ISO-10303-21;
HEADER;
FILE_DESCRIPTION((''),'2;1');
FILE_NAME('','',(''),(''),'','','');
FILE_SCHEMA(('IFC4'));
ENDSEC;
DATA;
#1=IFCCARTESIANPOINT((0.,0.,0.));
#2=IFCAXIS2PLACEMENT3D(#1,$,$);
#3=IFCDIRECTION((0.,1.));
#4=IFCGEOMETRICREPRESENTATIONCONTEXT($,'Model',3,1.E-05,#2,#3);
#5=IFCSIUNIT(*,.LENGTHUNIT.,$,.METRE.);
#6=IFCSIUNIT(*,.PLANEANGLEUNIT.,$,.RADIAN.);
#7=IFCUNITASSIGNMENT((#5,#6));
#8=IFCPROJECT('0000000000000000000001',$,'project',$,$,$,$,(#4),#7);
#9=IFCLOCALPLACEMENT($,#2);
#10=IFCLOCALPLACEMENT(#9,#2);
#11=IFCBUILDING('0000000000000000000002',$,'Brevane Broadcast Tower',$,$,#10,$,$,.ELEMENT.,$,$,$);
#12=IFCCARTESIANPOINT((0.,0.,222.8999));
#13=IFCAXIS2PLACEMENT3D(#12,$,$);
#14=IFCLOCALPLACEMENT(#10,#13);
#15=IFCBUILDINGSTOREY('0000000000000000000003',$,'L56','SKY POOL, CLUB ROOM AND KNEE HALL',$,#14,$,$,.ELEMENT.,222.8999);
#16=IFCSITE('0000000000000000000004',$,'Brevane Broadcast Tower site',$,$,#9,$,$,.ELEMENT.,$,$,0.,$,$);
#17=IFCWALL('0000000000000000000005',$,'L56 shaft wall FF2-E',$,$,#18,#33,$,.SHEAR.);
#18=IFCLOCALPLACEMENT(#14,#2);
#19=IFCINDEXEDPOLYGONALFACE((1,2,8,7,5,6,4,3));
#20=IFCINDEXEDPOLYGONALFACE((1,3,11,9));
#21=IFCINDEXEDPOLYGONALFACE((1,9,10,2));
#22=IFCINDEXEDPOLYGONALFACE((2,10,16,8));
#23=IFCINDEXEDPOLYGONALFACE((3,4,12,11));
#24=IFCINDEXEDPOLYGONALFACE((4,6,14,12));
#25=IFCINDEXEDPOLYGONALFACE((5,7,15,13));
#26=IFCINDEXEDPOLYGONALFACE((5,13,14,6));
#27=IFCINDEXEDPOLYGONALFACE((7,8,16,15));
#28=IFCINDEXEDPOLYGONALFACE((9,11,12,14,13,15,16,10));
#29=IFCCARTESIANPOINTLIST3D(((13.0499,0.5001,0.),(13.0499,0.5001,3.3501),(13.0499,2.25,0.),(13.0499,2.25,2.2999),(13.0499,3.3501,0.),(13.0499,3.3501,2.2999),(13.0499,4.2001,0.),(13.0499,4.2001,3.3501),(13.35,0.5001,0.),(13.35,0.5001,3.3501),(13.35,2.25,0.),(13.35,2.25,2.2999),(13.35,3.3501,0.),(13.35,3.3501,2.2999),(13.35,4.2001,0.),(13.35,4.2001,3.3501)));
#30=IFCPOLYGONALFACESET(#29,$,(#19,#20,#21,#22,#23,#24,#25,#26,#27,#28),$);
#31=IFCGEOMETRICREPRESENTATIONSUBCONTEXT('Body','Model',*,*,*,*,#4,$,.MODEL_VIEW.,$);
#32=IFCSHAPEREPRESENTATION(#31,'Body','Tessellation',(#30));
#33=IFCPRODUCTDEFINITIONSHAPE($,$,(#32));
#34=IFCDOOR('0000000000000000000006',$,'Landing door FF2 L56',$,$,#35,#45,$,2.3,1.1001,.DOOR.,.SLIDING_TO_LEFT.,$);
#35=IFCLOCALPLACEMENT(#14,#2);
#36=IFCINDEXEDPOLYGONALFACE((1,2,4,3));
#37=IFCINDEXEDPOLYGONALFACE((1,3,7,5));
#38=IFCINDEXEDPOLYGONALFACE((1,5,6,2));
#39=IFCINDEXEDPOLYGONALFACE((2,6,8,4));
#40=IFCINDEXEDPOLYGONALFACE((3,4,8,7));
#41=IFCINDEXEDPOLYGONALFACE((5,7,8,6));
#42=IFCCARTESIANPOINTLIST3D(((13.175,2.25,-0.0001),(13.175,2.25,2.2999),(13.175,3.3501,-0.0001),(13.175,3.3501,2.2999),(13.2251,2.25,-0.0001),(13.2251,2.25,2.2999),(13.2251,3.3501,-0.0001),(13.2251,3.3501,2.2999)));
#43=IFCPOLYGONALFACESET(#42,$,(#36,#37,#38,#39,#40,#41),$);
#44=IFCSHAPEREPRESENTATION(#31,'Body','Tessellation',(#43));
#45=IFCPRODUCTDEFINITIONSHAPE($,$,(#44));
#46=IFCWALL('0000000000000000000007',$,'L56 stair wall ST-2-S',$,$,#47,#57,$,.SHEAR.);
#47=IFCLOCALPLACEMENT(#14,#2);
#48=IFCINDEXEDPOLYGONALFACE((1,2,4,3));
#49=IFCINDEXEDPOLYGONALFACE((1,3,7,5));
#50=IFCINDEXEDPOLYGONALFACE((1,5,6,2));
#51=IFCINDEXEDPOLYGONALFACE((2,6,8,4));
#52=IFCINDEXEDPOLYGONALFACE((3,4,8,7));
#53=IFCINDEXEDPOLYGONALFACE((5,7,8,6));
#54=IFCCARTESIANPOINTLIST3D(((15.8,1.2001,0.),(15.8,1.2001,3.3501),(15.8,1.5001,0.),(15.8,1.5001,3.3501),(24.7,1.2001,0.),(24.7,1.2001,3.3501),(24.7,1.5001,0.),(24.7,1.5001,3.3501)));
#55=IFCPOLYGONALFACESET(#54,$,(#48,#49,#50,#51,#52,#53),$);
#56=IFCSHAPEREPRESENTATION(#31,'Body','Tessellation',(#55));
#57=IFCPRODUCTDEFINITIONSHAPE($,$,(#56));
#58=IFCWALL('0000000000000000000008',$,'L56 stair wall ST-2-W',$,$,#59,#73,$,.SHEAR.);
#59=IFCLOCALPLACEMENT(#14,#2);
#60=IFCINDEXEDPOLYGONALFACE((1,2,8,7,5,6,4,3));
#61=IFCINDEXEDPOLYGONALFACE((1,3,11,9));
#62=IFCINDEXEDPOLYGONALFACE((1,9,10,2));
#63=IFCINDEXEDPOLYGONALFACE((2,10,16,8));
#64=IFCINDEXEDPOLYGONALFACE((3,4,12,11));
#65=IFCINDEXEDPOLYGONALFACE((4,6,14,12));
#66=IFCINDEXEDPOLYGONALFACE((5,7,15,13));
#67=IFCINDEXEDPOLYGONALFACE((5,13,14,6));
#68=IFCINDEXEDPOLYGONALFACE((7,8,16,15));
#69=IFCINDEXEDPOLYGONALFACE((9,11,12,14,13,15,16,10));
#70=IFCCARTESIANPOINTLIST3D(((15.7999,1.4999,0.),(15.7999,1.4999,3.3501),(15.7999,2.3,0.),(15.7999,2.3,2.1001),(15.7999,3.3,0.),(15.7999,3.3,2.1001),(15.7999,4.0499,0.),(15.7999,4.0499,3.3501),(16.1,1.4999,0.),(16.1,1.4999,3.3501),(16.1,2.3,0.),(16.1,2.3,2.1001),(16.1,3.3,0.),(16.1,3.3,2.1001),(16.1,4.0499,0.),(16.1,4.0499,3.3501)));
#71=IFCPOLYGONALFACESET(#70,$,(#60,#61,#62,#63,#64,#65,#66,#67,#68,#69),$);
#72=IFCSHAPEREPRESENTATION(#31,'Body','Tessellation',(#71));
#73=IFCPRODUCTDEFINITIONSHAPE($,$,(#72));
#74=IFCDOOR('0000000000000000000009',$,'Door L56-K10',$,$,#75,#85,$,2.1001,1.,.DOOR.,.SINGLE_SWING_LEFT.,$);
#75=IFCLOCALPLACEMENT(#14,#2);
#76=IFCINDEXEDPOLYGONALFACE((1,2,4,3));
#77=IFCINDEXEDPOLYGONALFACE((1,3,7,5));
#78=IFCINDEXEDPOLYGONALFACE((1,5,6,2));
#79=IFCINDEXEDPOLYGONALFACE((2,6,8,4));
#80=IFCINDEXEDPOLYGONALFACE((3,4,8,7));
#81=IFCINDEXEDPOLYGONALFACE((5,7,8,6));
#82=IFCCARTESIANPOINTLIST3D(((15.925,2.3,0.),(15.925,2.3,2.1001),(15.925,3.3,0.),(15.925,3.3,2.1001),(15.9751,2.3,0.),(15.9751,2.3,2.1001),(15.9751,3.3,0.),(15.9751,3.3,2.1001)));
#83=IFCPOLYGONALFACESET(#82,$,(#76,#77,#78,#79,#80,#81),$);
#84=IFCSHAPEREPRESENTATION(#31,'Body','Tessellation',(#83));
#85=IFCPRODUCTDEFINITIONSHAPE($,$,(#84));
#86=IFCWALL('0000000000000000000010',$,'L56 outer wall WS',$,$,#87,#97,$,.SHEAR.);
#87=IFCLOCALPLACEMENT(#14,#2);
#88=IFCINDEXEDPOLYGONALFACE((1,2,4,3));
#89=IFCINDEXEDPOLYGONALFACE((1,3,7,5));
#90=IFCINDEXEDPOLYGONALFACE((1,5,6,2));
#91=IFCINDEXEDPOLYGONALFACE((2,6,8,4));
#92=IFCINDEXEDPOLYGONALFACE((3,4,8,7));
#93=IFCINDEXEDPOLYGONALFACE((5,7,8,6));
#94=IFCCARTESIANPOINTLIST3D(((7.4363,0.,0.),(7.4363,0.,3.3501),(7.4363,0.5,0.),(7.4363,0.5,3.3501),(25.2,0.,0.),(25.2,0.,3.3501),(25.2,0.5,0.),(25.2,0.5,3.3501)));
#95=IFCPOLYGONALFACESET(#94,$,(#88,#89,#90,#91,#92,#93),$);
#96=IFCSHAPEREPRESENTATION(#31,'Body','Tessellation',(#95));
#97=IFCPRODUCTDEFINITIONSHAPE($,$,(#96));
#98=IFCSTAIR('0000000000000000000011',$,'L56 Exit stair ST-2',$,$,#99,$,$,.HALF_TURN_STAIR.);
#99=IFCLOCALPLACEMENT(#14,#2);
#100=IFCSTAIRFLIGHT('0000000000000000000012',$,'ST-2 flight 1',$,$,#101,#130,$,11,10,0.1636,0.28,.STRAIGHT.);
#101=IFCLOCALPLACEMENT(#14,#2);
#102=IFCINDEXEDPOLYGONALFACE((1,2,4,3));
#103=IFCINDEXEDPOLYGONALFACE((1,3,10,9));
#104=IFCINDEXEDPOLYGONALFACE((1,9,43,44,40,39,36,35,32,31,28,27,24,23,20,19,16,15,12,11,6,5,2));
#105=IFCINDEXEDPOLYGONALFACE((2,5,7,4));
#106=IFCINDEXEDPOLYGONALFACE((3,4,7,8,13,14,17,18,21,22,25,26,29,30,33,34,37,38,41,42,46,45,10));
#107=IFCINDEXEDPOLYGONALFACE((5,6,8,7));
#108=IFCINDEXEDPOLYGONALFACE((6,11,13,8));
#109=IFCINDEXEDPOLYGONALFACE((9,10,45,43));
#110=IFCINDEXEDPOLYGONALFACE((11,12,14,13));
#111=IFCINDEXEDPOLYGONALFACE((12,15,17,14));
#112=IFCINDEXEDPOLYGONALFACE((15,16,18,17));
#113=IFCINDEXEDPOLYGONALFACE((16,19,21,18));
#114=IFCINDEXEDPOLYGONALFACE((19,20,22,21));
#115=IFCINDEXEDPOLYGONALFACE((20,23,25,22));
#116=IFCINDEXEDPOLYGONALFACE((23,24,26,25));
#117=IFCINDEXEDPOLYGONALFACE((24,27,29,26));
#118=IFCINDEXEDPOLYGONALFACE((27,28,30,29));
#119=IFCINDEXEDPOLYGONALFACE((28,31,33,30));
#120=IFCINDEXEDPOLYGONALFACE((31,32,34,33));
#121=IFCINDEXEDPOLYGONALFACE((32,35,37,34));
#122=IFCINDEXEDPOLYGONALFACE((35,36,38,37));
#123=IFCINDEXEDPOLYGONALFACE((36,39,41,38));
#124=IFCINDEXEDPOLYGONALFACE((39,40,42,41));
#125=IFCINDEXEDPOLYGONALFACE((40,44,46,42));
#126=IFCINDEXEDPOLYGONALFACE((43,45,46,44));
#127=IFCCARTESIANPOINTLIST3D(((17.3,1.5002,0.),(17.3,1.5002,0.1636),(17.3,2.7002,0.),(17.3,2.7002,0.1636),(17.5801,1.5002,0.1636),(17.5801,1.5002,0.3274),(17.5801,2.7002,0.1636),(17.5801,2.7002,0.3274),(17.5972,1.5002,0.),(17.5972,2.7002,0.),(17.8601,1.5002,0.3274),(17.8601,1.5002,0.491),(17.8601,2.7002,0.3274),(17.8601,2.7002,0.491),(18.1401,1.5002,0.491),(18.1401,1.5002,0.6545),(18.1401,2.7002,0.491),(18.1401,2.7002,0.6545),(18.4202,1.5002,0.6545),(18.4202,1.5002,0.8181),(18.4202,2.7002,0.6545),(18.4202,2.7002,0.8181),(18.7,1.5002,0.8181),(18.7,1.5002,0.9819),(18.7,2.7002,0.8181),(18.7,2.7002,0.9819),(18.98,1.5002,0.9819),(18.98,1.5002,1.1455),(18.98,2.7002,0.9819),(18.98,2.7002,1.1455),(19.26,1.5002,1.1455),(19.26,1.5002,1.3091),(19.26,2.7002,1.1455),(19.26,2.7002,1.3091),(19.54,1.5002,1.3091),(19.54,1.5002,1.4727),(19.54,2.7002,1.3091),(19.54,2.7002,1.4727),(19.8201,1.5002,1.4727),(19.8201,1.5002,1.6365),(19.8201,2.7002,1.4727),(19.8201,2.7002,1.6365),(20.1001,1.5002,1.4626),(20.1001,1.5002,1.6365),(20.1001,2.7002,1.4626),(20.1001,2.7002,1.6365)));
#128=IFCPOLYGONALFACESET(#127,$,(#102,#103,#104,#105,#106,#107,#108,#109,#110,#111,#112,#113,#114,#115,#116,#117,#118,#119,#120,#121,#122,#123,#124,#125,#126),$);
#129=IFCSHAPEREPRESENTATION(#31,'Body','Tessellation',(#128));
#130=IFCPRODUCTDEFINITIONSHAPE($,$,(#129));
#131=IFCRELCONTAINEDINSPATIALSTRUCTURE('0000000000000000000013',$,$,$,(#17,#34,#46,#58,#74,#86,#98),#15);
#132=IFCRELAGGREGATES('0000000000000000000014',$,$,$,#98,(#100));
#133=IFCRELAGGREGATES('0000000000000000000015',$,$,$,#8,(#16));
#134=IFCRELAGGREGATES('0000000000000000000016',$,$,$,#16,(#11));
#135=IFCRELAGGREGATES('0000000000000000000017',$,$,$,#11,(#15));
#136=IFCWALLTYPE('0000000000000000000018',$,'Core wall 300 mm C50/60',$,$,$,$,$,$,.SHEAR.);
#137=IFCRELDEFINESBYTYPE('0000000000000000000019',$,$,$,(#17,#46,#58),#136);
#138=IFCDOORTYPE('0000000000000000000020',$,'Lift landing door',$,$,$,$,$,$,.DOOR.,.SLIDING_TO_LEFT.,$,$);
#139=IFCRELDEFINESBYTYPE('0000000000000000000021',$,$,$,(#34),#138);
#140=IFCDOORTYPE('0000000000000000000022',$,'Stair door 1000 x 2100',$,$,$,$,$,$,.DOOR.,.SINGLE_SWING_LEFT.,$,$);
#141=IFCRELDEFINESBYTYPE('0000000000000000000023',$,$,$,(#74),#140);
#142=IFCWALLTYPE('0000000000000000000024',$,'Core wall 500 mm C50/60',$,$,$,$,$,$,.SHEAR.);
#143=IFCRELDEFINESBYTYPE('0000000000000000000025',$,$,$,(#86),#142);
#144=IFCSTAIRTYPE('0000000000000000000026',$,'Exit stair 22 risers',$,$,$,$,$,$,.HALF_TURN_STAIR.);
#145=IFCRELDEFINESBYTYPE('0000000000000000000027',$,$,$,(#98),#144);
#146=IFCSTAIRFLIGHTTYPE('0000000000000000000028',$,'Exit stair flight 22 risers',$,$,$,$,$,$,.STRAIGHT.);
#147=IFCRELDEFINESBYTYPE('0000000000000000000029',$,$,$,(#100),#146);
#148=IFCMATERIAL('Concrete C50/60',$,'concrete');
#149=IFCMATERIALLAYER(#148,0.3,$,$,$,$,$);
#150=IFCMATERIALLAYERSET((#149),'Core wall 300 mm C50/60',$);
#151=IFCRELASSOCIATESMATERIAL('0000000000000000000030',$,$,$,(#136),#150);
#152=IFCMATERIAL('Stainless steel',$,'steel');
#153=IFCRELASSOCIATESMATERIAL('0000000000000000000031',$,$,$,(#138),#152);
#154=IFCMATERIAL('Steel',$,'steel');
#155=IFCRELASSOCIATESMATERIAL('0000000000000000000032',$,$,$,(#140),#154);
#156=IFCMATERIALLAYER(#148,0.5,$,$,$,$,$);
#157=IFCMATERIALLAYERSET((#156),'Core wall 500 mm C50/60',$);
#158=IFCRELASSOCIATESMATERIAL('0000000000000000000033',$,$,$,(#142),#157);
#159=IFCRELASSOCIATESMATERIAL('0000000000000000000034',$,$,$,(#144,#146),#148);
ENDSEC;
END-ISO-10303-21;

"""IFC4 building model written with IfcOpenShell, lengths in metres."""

from ifc_helpers import new_model, si_unit, direction, frame, frame_2d, origin, place, context, subcontext, project, spatial, polyline, rectangle, outline, extrude, material, layer, layer_set, type_object, element, fill, aggregate, save


model = new_model("IFC4")

# Units and contexts
model_context = context("Model", 3, precision=1e-05, world=origin(), true_north=direction((0.0, 1.0)))
body_context = subcontext(model_context, "Body", "Model", "MODEL_VIEW")
ifc_project = project(units=[si_unit("LENGTHUNIT", "METRE"), si_unit("PLANEANGLEUNIT", "RADIAN")], contexts=[model_context])

# Site, building, storey
site_placement = place(None, origin())
site = spatial("IfcSite", under=ifc_project, at=site_placement, Name="Brevane Broadcast Tower site", CompositionType="ELEMENT", RefElevation=0.0)
building_placement = place(site_placement, origin())
building = spatial("IfcBuilding", under=site, at=building_placement, Name="Brevane Broadcast Tower", CompositionType="ELEMENT")
storey_placement = place(building_placement, frame((0.0, 0.0, 222.8999)))
storey = spatial("IfcBuildingStorey", under=building, at=storey_placement, Name="L56", Description="SKY POOL, CLUB ROOM AND KNEE HALL", CompositionType="ELEMENT", Elevation=222.8999)

# Shared definitions
ifc_material_1 = material(Name="Concrete C50/60", Category="concrete")
ifc_layer_1 = layer(ifc_material_1, 0.3)
ifc_layer_set_1 = layer_set([ifc_layer_1], Name="Core wall 300 mm C50/60")
wall_type_1 = type_object("IfcWallType", Name="Core wall 300 mm C50/60", PredefinedType="SHEAR", material=ifc_layer_set_1)

# Wall, opening, door
wall_1_placement = place(storey_placement, frame((13.2, 0.5, 0.0), z_axis=(0.0, 0.0, 1.0), x_axis=(0.0, 1.0, 0.0)))
wall_1 = element("IfcWall", 1, at=wall_1_placement, inside=storey, type_object=wall_type_1, Name="L56 shaft wall FF2-E", PredefinedType="SHEAR", context=body_context, shape_type="SweptSolid", body=[
    extrude(rectangle(XDim=3.7, YDim=0.3, at=frame_2d((1.8501, 0.0))), origin(), (0.0, 0.0, 1.0), 3.3501),
])
opening_1_placement = place(wall_1_placement, frame((1.75, 0.0, 0.0)))
opening_1 = element("IfcOpeningElement", 2, at=opening_1_placement, cuts=wall_1, PredefinedType="OPENING", context=body_context, shape_type="SweptSolid", body=[
    extrude(rectangle(XDim=1.1001, YDim=2.3, at=frame_2d((0.55, 1.1499))), frame((0.0, 0.1599, 0.0), z_axis=(0.0, -1.0, 0.0), x_axis=(1.0, 0.0, 0.0)), (0.0, 0.0, 1.0), 0.3201),
])
ifc_material_2 = material(Name="Stainless steel", Category="steel")
door_type_1 = type_object("IfcDoorType", Name="Lift landing door", OperationType="SLIDING_TO_LEFT", PredefinedType="DOOR", material=ifc_material_2)
door_1_placement = place(opening_1_placement, origin())
door_1 = element("IfcDoor", 3, at=door_1_placement, inside=storey, type_object=door_type_1, Name="Landing door FF2 L56", OperationType="SLIDING_TO_LEFT", OverallHeight=2.3, OverallWidth=1.1001, PredefinedType="DOOR", context=body_context, shape_type="SweptSolid", body=[
    extrude(rectangle(XDim=1.1001, YDim=2.3, at=frame_2d((0.55, 1.1499))), frame((0.0, 0.0249, 0.0), z_axis=(0.0, -1.0, 0.0), x_axis=(1.0, 0.0, 0.0)), (0.0, 0.0, 1.0), 0.05),
])
fill(opening_1, door_1)

# Wall
wall_2_placement = place(storey_placement, frame((15.8, 1.3501, 0.0), z_axis=(0.0, 0.0, 1.0), x_axis=(1.0, 0.0, 0.0)))
element("IfcWall", 4, at=wall_2_placement, inside=storey, type_object=wall_type_1, Name="L56 stair wall ST-2-S", PredefinedType="SHEAR", context=body_context, shape_type="SweptSolid", body=[
    extrude(rectangle(XDim=8.8999, YDim=0.3, at=frame_2d((4.45, 0.0))), origin(), (0.0, 0.0, 1.0), 3.3501),
])

# Wall, opening, door
wall_3_placement = place(storey_placement, frame((15.95, 1.5, 0.0), z_axis=(0.0, 0.0, 1.0), x_axis=(0.0, 1.0, 0.0)))
wall_3 = element("IfcWall", 5, at=wall_3_placement, inside=storey, type_object=wall_type_1, Name="L56 stair wall ST-2-W", PredefinedType="SHEAR", context=body_context, shape_type="SweptSolid", body=[
    extrude(rectangle(XDim=2.55, YDim=0.3, at=frame_2d((1.2749, 0.0))), origin(), (0.0, 0.0, 1.0), 3.3501),
])
opening_2_placement = place(wall_3_placement, frame((0.8, 0.0, 0.0)))
opening_2 = element("IfcOpeningElement", 6, at=opening_2_placement, cuts=wall_3, PredefinedType="OPENING", context=body_context, shape_type="SweptSolid", body=[
    extrude(rectangle(XDim=1.0, YDim=2.1001, at=frame_2d((0.5, 1.05))), frame((0.0, 0.1599, 0.0), z_axis=(0.0, -1.0, 0.0), x_axis=(1.0, 0.0, 0.0)), (0.0, 0.0, 1.0), 0.3201),
])
ifc_material_3 = material(Name="Steel", Category="steel")
door_type_2 = type_object("IfcDoorType", Name="Stair door 1000 x 2100", OperationType="SINGLE_SWING_LEFT", PredefinedType="DOOR", material=ifc_material_3)
door_2_placement = place(opening_2_placement, origin())
door_2 = element("IfcDoor", 7, at=door_2_placement, inside=storey, type_object=door_type_2, Name="Door L56-K10", OperationType="SINGLE_SWING_LEFT", OverallHeight=2.1001, OverallWidth=1.0, PredefinedType="DOOR", context=body_context, shape_type="SweptSolid", body=[
    extrude(rectangle(XDim=1.0, YDim=2.1001, at=frame_2d((0.5, 1.05))), frame((0.0, 0.0249, 0.0), z_axis=(0.0, -1.0, 0.0), x_axis=(1.0, 0.0, 0.0)), (0.0, 0.0, 1.0), 0.05),
])
fill(opening_2, door_2)

# Wall
ifc_layer_2 = layer(ifc_material_1, 0.5)
ifc_layer_set_2 = layer_set([ifc_layer_2], Name="Core wall 500 mm C50/60")
wall_type_2 = type_object("IfcWallType", Name="Core wall 500 mm C50/60", PredefinedType="SHEAR", material=ifc_layer_set_2)
wall_4_placement = place(storey_placement, frame((7.4363, 0.25, 0.0), z_axis=(0.0, 0.0, 1.0), x_axis=(1.0, 0.0, 0.0)))
element("IfcWall", 8, at=wall_4_placement, inside=storey, type_object=wall_type_2, Name="L56 outer wall WS", PredefinedType="SHEAR", context=body_context, shape_type="SweptSolid", body=[
    extrude(rectangle(XDim=17.7637, YDim=0.5, at=frame_2d((8.8818, 0.0))), origin(), (0.0, 0.0, 1.0), 3.3501),
])

# Stair, stair flight
stair_type = type_object("IfcStairType", Name="Exit stair 22 risers", PredefinedType="HALF_TURN_STAIR", material=ifc_material_1)
stair_placement = place(storey_placement, origin())
stair = element("IfcStair", 9, at=stair_placement, inside=storey, type_object=stair_type, Name="L56 Exit stair ST-2", PredefinedType="HALF_TURN_STAIR")
stair_flight_type = type_object("IfcStairFlightType", Name="Exit stair flight 22 risers", PredefinedType="STRAIGHT", material=ifc_material_1)
stair_flight_placement = place(storey_placement, frame((17.3, 2.1001, 0.0), z_axis=(0.0, 0.0, 1.0), x_axis=(1.0, 0.0, 0.0)))
stair_flight = element("IfcStairFlight", 10, at=stair_flight_placement, type_object=stair_flight_type, Name="ST-2 flight 1", NumberOfRisers=11, NumberOfTreads=10, PredefinedType="STRAIGHT", RiserHeight=0.1636, TreadLength=0.28, context=body_context, shape_type="SweptSolid", body=[
    extrude(outline(polyline([(0.0, 0.0), (0.0, 0.1636), (0.28, 0.1636), (0.28, 0.3274), (0.5601, 0.3274), (0.5601, 0.491), (0.8401, 0.491), (0.8401, 0.6545), (1.1201, 0.6545), (1.1201, 0.8181), (1.3999, 0.8181), (1.3999, 0.9819), (1.6799, 0.9819), (1.6799, 1.1455), (1.96, 1.1455), (1.96, 1.3091), (2.24, 1.3091), (2.24, 1.4727), (2.52, 1.4727), (2.52, 1.6365), (2.8, 1.6365), (2.8, 1.8), (2.8, 1.4626), (0.2971, 0.0), (0.0, 0.0)])), frame((0.0, 0.6001, 0.0), z_axis=(0.0, -1.0, 0.0), x_axis=(1.0, 0.0, 0.0)), (0.0, 0.0, 1.0), 1.2),
])
aggregate(stair, [stair_flight])

save(model, "model.ifc")
